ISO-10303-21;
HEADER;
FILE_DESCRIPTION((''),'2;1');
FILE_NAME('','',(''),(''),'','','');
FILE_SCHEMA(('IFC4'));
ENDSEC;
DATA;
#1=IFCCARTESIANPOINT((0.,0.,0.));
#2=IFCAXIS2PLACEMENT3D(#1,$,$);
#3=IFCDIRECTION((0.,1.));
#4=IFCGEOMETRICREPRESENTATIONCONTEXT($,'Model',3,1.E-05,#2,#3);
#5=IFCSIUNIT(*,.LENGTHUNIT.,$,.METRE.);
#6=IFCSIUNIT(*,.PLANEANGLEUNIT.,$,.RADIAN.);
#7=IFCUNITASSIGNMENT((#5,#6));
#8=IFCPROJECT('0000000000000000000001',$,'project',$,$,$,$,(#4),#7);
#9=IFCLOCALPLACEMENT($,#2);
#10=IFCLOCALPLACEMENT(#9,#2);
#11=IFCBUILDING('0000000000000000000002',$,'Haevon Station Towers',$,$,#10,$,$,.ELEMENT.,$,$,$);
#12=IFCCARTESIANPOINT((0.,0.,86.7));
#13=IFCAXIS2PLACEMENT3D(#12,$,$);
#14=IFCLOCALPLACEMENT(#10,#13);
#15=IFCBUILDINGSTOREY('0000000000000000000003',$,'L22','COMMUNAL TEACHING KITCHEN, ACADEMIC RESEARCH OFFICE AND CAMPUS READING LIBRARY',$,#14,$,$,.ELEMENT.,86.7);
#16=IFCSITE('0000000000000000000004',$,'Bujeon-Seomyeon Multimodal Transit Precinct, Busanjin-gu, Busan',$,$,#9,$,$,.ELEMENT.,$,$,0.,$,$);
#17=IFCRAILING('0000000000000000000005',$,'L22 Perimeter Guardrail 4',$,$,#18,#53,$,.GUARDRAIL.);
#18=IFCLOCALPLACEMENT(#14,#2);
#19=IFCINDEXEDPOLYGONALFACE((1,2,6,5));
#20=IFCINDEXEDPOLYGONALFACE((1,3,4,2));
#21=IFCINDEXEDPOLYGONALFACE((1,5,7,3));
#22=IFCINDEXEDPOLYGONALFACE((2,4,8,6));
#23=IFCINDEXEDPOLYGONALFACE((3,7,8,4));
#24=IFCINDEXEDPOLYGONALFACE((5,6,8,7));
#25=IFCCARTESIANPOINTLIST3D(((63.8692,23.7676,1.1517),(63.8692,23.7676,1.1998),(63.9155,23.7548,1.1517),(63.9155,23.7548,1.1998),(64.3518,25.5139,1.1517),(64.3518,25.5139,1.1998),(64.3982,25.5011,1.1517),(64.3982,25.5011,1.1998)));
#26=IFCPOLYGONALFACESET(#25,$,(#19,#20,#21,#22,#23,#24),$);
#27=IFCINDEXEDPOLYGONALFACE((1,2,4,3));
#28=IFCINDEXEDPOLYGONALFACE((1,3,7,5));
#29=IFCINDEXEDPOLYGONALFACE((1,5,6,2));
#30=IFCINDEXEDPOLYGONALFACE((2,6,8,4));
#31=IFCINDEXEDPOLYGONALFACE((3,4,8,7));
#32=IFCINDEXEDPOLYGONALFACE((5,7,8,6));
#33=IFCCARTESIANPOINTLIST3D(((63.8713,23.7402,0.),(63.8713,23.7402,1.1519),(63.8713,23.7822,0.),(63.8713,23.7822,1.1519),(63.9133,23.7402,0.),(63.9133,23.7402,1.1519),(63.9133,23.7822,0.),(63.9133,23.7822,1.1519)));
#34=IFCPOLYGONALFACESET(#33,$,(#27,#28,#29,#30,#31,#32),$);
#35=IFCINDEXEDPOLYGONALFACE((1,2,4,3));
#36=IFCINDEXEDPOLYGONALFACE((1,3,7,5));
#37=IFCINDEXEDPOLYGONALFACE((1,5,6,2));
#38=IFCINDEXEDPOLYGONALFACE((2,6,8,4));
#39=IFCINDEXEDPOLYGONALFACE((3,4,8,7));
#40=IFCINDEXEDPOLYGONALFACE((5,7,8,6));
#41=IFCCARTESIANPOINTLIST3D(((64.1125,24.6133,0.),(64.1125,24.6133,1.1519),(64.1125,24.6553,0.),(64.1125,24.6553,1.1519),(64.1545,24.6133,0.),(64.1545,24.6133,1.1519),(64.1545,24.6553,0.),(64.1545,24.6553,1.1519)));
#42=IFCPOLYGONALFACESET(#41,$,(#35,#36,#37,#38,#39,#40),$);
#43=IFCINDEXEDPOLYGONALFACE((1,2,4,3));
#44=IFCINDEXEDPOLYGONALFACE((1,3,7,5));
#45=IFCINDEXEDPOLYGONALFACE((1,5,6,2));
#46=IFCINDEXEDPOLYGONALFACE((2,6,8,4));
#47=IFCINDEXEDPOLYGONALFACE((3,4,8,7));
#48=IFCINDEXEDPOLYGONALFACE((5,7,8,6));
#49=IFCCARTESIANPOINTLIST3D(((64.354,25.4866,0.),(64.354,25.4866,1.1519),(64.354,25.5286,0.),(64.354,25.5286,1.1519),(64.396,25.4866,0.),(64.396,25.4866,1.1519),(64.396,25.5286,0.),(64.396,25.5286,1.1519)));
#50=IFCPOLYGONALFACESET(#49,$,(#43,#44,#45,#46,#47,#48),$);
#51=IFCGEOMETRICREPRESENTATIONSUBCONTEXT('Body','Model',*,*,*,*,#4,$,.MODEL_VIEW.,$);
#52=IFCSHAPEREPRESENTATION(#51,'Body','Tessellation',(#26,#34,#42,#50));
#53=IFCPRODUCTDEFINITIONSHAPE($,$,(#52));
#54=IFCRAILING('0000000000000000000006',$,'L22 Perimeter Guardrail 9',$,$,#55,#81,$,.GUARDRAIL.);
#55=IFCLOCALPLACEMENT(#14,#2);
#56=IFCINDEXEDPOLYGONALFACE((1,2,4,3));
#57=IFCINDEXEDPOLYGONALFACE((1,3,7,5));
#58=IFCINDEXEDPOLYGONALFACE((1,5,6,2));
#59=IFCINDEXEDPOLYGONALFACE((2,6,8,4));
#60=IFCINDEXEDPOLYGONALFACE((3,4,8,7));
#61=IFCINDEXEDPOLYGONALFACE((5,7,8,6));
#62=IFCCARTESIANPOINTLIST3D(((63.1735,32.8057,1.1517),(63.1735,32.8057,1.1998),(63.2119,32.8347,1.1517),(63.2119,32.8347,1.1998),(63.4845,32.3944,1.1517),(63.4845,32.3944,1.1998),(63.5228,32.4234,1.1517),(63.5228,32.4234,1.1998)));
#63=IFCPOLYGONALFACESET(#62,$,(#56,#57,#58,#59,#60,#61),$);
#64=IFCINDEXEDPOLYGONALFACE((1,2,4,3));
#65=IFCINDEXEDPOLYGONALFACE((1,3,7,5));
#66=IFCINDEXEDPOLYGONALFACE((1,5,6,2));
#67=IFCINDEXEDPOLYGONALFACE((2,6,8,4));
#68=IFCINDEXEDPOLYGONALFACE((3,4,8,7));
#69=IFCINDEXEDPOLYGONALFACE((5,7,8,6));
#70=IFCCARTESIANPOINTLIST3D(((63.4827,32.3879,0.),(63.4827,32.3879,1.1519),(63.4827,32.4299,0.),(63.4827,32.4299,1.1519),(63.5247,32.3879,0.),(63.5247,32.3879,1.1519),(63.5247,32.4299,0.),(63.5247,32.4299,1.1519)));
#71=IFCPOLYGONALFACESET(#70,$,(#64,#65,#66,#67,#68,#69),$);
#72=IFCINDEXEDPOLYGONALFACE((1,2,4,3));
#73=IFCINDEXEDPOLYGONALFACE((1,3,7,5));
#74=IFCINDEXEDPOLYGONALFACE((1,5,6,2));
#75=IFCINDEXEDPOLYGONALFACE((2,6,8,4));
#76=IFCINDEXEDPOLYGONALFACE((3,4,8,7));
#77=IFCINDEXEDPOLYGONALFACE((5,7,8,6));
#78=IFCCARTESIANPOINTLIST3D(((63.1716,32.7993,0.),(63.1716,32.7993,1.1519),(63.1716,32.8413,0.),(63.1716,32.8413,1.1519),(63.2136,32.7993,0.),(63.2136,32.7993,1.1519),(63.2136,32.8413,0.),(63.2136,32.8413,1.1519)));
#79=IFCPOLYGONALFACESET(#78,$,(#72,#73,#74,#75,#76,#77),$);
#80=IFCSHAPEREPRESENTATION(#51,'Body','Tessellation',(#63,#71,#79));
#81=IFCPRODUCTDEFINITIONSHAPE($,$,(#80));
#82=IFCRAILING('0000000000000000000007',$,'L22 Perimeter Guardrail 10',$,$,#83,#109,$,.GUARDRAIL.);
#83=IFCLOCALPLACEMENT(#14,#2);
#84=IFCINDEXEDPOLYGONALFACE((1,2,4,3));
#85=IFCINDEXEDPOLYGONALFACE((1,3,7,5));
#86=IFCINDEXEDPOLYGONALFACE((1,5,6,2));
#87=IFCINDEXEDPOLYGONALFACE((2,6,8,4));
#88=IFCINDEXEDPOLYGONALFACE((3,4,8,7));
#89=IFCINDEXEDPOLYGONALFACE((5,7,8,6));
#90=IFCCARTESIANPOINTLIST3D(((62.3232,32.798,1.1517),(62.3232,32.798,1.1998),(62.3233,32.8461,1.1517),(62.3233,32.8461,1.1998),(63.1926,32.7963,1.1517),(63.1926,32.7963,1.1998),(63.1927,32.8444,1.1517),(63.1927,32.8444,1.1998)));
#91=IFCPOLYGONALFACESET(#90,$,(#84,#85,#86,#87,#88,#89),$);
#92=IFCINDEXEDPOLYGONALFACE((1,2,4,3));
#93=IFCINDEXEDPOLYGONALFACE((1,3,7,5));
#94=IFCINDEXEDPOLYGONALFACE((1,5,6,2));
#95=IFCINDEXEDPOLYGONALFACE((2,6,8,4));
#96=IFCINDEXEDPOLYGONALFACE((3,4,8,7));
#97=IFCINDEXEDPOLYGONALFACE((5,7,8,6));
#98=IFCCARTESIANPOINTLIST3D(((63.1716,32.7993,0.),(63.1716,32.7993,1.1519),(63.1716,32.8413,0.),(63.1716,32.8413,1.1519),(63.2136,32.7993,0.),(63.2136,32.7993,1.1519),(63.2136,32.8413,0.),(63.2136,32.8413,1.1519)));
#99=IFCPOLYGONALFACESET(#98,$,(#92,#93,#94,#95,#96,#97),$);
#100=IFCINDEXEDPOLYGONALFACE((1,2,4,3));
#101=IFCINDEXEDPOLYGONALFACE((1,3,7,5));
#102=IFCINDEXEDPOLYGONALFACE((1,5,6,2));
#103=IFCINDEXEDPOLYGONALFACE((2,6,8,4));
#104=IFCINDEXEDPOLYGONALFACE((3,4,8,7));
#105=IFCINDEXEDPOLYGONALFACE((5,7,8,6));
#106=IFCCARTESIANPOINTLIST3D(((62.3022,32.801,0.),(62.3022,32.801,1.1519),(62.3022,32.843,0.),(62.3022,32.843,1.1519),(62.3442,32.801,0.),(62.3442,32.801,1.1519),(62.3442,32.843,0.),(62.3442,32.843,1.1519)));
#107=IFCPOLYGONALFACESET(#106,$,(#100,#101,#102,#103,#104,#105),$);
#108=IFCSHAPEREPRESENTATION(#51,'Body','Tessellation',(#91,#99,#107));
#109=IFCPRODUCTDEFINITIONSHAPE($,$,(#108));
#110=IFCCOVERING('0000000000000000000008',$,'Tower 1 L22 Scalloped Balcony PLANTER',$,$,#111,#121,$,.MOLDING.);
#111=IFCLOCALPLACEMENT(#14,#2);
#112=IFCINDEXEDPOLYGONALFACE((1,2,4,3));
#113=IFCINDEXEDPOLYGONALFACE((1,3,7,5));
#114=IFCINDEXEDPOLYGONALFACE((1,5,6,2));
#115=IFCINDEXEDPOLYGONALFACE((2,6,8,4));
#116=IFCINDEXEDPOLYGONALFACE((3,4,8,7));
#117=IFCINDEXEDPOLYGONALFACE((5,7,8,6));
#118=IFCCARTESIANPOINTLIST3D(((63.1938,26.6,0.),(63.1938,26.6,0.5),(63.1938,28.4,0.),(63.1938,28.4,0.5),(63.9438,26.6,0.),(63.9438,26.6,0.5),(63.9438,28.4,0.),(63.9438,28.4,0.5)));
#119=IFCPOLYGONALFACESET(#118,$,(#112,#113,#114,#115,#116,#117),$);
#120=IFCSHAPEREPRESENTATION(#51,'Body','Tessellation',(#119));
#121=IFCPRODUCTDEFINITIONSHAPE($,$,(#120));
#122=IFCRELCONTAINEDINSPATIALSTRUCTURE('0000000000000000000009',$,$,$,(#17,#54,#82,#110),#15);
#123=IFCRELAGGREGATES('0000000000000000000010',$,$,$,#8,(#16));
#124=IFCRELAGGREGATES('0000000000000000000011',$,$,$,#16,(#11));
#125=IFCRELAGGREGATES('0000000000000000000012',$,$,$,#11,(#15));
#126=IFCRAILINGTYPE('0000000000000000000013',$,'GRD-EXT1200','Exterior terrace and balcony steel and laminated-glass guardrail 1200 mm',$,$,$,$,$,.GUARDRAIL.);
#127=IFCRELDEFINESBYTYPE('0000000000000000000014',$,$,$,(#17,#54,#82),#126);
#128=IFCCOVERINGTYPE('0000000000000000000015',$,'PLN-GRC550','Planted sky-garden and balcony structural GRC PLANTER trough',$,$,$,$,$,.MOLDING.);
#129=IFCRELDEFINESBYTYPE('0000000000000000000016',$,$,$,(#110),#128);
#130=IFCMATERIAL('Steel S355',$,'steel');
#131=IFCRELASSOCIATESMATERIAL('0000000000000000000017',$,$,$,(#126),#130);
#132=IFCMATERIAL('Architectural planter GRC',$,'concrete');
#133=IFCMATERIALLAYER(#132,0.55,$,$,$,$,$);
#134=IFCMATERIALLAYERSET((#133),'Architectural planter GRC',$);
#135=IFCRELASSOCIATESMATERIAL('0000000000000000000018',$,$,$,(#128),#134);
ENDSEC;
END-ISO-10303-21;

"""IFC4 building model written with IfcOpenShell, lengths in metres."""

from ifc_helpers import new_model, si_unit, direction, frame, origin, origin_2d, place, context, subcontext, project, spatial, rectangle, extrude, material, layer, layer_set, type_object, element, save


model = new_model("IFC4")

# Units and contexts
model_context = context("Model", 3, precision=1e-05, world=origin(), true_north=direction((0.0, 1.0)))
body_context = subcontext(model_context, "Body", "Model", "MODEL_VIEW")
ifc_project = project(units=[si_unit("LENGTHUNIT", "METRE"), si_unit("PLANEANGLEUNIT", "RADIAN")], contexts=[model_context])

# Site, building, storey
site_placement = place(None, origin())
site = spatial("IfcSite", under=ifc_project, at=site_placement, Name="Bujeon-Seomyeon Multimodal Transit Precinct, Busanjin-gu, Busan", CompositionType="ELEMENT", RefElevation=0.0)
building_placement = place(site_placement, origin())
building = spatial("IfcBuilding", under=site, at=building_placement, Name="Haevon Station Towers", CompositionType="ELEMENT")
storey_placement = place(building_placement, frame((0.0, 0.0, 86.7)))
storey = spatial("IfcBuildingStorey", under=building, at=storey_placement, Name="L22", Description="COMMUNAL TEACHING KITCHEN, ACADEMIC RESEARCH OFFICE AND CAMPUS READING LIBRARY", CompositionType="ELEMENT", Elevation=86.7)

# Shared definitions
ifc_material_1 = material(Name="Steel S355", Category="steel")

# Railings
railing_type = type_object("IfcRailingType", Name="GRD-EXT1200", Description="Exterior terrace and balcony steel and laminated-glass guardrail 1200 mm", PredefinedType="GUARDRAIL", material=ifc_material_1)
railing_1_placement = place(storey_placement, frame((63.8923, 23.7612, 0.0)))
element("IfcRailing", 1, at=railing_1_placement, inside=storey, type_object=railing_type, Name="L22 Perimeter Guardrail 4", PredefinedType="GUARDRAIL", context=body_context, shape_type="SweptSolid", body=[
    extrude(rectangle(XDim=0.0481, YDim=0.0481, at=origin_2d()), frame((0.0, 0.0, 1.1758), z_axis=(0.2664, 0.963863, 0.0), x_axis=(-0.963863, 0.2664, 0.0)), (0.0, 0.0, 1.0), 1.8118),
    extrude(rectangle(XDim=0.042, YDim=0.042, at=origin_2d()), origin(), (0.0, 0.0, 1.0), 1.1519),
    extrude(rectangle(XDim=0.042, YDim=0.042, at=origin_2d()), frame((0.2412, 0.873, 0.0)), (0.0, 0.0, 1.0), 1.1519),
    extrude(rectangle(XDim=0.042, YDim=0.042, at=origin_2d()), frame((0.4827, 1.7463, 0.0)), (0.0, 0.0, 1.0), 1.1519),
])
railing_2_placement = place(storey_placement, frame((63.5037, 32.4089, 0.0)))
element("IfcRailing", 2, at=railing_2_placement, inside=storey, type_object=railing_type, Name="L22 Perimeter Guardrail 9", PredefinedType="GUARDRAIL", context=body_context, shape_type="SweptSolid", body=[
    extrude(rectangle(XDim=0.0481, YDim=0.0481, at=origin_2d()), frame((0.0, 0.0, 1.1758), z_axis=(-0.603101, 0.797665, 0.0), x_axis=(-0.797665, -0.603101, 0.0)), (0.0, 0.0, 1.0), 0.5156),
    extrude(rectangle(XDim=0.042, YDim=0.042, at=origin_2d()), origin(), (0.0, 0.0, 1.0), 1.1519),
    extrude(rectangle(XDim=0.042, YDim=0.042, at=origin_2d()), frame((-0.311, 0.4114, 0.0)), (0.0, 0.0, 1.0), 1.1519),
])
railing_3_placement = place(storey_placement, frame((63.1926, 32.8203, 0.0)))
element("IfcRailing", 3, at=railing_3_placement, inside=storey, type_object=railing_type, Name="L22 Perimeter Guardrail 10", PredefinedType="GUARDRAIL", context=body_context, shape_type="SweptSolid", body=[
    extrude(rectangle(XDim=0.0481, YDim=0.0481, at=origin_2d()), frame((0.0, 0.0, 1.1758), z_axis=(-0.999998, 0.001966, 0.0), x_axis=(-0.001966, -0.999998, 0.0)), (0.0, 0.0, 1.0), 0.8694),
    extrude(rectangle(XDim=0.042, YDim=0.042, at=origin_2d()), origin(), (0.0, 0.0, 1.0), 1.1519),
    extrude(rectangle(XDim=0.042, YDim=0.042, at=origin_2d()), frame((-0.8694, 0.0017, 0.0)), (0.0, 0.0, 1.0), 1.1519),
])

# Covering
ifc_material_2 = material(Name="Architectural planter GRC", Category="concrete")
ifc_layer_1 = layer(ifc_material_2, 0.55)
ifc_layer_set_1 = layer_set([ifc_layer_1], Name="Architectural planter GRC")
covering_type = type_object("IfcCoveringType", Name="PLN-GRC550", Description="Planted sky-garden and balcony structural GRC PLANTER trough", PredefinedType="MOLDING", material=ifc_layer_set_1)
covering_placement = place(storey_placement, frame((63.5688, 27.5, 0.0), z_axis=(0.0, 0.0, 1.0), x_axis=(1.0, 0.0, 0.0)))
element("IfcCovering", 4, at=covering_placement, inside=storey, type_object=covering_type, Name="Tower 1 L22 Scalloped Balcony PLANTER", PredefinedType="MOLDING", context=body_context, shape_type="SweptSolid", body=[
    extrude(rectangle(XDim=0.75, YDim=1.8, at=origin_2d()), origin(), (0.0, 0.0, 1.0), 0.5),
])

save(model, "model.ifc")
